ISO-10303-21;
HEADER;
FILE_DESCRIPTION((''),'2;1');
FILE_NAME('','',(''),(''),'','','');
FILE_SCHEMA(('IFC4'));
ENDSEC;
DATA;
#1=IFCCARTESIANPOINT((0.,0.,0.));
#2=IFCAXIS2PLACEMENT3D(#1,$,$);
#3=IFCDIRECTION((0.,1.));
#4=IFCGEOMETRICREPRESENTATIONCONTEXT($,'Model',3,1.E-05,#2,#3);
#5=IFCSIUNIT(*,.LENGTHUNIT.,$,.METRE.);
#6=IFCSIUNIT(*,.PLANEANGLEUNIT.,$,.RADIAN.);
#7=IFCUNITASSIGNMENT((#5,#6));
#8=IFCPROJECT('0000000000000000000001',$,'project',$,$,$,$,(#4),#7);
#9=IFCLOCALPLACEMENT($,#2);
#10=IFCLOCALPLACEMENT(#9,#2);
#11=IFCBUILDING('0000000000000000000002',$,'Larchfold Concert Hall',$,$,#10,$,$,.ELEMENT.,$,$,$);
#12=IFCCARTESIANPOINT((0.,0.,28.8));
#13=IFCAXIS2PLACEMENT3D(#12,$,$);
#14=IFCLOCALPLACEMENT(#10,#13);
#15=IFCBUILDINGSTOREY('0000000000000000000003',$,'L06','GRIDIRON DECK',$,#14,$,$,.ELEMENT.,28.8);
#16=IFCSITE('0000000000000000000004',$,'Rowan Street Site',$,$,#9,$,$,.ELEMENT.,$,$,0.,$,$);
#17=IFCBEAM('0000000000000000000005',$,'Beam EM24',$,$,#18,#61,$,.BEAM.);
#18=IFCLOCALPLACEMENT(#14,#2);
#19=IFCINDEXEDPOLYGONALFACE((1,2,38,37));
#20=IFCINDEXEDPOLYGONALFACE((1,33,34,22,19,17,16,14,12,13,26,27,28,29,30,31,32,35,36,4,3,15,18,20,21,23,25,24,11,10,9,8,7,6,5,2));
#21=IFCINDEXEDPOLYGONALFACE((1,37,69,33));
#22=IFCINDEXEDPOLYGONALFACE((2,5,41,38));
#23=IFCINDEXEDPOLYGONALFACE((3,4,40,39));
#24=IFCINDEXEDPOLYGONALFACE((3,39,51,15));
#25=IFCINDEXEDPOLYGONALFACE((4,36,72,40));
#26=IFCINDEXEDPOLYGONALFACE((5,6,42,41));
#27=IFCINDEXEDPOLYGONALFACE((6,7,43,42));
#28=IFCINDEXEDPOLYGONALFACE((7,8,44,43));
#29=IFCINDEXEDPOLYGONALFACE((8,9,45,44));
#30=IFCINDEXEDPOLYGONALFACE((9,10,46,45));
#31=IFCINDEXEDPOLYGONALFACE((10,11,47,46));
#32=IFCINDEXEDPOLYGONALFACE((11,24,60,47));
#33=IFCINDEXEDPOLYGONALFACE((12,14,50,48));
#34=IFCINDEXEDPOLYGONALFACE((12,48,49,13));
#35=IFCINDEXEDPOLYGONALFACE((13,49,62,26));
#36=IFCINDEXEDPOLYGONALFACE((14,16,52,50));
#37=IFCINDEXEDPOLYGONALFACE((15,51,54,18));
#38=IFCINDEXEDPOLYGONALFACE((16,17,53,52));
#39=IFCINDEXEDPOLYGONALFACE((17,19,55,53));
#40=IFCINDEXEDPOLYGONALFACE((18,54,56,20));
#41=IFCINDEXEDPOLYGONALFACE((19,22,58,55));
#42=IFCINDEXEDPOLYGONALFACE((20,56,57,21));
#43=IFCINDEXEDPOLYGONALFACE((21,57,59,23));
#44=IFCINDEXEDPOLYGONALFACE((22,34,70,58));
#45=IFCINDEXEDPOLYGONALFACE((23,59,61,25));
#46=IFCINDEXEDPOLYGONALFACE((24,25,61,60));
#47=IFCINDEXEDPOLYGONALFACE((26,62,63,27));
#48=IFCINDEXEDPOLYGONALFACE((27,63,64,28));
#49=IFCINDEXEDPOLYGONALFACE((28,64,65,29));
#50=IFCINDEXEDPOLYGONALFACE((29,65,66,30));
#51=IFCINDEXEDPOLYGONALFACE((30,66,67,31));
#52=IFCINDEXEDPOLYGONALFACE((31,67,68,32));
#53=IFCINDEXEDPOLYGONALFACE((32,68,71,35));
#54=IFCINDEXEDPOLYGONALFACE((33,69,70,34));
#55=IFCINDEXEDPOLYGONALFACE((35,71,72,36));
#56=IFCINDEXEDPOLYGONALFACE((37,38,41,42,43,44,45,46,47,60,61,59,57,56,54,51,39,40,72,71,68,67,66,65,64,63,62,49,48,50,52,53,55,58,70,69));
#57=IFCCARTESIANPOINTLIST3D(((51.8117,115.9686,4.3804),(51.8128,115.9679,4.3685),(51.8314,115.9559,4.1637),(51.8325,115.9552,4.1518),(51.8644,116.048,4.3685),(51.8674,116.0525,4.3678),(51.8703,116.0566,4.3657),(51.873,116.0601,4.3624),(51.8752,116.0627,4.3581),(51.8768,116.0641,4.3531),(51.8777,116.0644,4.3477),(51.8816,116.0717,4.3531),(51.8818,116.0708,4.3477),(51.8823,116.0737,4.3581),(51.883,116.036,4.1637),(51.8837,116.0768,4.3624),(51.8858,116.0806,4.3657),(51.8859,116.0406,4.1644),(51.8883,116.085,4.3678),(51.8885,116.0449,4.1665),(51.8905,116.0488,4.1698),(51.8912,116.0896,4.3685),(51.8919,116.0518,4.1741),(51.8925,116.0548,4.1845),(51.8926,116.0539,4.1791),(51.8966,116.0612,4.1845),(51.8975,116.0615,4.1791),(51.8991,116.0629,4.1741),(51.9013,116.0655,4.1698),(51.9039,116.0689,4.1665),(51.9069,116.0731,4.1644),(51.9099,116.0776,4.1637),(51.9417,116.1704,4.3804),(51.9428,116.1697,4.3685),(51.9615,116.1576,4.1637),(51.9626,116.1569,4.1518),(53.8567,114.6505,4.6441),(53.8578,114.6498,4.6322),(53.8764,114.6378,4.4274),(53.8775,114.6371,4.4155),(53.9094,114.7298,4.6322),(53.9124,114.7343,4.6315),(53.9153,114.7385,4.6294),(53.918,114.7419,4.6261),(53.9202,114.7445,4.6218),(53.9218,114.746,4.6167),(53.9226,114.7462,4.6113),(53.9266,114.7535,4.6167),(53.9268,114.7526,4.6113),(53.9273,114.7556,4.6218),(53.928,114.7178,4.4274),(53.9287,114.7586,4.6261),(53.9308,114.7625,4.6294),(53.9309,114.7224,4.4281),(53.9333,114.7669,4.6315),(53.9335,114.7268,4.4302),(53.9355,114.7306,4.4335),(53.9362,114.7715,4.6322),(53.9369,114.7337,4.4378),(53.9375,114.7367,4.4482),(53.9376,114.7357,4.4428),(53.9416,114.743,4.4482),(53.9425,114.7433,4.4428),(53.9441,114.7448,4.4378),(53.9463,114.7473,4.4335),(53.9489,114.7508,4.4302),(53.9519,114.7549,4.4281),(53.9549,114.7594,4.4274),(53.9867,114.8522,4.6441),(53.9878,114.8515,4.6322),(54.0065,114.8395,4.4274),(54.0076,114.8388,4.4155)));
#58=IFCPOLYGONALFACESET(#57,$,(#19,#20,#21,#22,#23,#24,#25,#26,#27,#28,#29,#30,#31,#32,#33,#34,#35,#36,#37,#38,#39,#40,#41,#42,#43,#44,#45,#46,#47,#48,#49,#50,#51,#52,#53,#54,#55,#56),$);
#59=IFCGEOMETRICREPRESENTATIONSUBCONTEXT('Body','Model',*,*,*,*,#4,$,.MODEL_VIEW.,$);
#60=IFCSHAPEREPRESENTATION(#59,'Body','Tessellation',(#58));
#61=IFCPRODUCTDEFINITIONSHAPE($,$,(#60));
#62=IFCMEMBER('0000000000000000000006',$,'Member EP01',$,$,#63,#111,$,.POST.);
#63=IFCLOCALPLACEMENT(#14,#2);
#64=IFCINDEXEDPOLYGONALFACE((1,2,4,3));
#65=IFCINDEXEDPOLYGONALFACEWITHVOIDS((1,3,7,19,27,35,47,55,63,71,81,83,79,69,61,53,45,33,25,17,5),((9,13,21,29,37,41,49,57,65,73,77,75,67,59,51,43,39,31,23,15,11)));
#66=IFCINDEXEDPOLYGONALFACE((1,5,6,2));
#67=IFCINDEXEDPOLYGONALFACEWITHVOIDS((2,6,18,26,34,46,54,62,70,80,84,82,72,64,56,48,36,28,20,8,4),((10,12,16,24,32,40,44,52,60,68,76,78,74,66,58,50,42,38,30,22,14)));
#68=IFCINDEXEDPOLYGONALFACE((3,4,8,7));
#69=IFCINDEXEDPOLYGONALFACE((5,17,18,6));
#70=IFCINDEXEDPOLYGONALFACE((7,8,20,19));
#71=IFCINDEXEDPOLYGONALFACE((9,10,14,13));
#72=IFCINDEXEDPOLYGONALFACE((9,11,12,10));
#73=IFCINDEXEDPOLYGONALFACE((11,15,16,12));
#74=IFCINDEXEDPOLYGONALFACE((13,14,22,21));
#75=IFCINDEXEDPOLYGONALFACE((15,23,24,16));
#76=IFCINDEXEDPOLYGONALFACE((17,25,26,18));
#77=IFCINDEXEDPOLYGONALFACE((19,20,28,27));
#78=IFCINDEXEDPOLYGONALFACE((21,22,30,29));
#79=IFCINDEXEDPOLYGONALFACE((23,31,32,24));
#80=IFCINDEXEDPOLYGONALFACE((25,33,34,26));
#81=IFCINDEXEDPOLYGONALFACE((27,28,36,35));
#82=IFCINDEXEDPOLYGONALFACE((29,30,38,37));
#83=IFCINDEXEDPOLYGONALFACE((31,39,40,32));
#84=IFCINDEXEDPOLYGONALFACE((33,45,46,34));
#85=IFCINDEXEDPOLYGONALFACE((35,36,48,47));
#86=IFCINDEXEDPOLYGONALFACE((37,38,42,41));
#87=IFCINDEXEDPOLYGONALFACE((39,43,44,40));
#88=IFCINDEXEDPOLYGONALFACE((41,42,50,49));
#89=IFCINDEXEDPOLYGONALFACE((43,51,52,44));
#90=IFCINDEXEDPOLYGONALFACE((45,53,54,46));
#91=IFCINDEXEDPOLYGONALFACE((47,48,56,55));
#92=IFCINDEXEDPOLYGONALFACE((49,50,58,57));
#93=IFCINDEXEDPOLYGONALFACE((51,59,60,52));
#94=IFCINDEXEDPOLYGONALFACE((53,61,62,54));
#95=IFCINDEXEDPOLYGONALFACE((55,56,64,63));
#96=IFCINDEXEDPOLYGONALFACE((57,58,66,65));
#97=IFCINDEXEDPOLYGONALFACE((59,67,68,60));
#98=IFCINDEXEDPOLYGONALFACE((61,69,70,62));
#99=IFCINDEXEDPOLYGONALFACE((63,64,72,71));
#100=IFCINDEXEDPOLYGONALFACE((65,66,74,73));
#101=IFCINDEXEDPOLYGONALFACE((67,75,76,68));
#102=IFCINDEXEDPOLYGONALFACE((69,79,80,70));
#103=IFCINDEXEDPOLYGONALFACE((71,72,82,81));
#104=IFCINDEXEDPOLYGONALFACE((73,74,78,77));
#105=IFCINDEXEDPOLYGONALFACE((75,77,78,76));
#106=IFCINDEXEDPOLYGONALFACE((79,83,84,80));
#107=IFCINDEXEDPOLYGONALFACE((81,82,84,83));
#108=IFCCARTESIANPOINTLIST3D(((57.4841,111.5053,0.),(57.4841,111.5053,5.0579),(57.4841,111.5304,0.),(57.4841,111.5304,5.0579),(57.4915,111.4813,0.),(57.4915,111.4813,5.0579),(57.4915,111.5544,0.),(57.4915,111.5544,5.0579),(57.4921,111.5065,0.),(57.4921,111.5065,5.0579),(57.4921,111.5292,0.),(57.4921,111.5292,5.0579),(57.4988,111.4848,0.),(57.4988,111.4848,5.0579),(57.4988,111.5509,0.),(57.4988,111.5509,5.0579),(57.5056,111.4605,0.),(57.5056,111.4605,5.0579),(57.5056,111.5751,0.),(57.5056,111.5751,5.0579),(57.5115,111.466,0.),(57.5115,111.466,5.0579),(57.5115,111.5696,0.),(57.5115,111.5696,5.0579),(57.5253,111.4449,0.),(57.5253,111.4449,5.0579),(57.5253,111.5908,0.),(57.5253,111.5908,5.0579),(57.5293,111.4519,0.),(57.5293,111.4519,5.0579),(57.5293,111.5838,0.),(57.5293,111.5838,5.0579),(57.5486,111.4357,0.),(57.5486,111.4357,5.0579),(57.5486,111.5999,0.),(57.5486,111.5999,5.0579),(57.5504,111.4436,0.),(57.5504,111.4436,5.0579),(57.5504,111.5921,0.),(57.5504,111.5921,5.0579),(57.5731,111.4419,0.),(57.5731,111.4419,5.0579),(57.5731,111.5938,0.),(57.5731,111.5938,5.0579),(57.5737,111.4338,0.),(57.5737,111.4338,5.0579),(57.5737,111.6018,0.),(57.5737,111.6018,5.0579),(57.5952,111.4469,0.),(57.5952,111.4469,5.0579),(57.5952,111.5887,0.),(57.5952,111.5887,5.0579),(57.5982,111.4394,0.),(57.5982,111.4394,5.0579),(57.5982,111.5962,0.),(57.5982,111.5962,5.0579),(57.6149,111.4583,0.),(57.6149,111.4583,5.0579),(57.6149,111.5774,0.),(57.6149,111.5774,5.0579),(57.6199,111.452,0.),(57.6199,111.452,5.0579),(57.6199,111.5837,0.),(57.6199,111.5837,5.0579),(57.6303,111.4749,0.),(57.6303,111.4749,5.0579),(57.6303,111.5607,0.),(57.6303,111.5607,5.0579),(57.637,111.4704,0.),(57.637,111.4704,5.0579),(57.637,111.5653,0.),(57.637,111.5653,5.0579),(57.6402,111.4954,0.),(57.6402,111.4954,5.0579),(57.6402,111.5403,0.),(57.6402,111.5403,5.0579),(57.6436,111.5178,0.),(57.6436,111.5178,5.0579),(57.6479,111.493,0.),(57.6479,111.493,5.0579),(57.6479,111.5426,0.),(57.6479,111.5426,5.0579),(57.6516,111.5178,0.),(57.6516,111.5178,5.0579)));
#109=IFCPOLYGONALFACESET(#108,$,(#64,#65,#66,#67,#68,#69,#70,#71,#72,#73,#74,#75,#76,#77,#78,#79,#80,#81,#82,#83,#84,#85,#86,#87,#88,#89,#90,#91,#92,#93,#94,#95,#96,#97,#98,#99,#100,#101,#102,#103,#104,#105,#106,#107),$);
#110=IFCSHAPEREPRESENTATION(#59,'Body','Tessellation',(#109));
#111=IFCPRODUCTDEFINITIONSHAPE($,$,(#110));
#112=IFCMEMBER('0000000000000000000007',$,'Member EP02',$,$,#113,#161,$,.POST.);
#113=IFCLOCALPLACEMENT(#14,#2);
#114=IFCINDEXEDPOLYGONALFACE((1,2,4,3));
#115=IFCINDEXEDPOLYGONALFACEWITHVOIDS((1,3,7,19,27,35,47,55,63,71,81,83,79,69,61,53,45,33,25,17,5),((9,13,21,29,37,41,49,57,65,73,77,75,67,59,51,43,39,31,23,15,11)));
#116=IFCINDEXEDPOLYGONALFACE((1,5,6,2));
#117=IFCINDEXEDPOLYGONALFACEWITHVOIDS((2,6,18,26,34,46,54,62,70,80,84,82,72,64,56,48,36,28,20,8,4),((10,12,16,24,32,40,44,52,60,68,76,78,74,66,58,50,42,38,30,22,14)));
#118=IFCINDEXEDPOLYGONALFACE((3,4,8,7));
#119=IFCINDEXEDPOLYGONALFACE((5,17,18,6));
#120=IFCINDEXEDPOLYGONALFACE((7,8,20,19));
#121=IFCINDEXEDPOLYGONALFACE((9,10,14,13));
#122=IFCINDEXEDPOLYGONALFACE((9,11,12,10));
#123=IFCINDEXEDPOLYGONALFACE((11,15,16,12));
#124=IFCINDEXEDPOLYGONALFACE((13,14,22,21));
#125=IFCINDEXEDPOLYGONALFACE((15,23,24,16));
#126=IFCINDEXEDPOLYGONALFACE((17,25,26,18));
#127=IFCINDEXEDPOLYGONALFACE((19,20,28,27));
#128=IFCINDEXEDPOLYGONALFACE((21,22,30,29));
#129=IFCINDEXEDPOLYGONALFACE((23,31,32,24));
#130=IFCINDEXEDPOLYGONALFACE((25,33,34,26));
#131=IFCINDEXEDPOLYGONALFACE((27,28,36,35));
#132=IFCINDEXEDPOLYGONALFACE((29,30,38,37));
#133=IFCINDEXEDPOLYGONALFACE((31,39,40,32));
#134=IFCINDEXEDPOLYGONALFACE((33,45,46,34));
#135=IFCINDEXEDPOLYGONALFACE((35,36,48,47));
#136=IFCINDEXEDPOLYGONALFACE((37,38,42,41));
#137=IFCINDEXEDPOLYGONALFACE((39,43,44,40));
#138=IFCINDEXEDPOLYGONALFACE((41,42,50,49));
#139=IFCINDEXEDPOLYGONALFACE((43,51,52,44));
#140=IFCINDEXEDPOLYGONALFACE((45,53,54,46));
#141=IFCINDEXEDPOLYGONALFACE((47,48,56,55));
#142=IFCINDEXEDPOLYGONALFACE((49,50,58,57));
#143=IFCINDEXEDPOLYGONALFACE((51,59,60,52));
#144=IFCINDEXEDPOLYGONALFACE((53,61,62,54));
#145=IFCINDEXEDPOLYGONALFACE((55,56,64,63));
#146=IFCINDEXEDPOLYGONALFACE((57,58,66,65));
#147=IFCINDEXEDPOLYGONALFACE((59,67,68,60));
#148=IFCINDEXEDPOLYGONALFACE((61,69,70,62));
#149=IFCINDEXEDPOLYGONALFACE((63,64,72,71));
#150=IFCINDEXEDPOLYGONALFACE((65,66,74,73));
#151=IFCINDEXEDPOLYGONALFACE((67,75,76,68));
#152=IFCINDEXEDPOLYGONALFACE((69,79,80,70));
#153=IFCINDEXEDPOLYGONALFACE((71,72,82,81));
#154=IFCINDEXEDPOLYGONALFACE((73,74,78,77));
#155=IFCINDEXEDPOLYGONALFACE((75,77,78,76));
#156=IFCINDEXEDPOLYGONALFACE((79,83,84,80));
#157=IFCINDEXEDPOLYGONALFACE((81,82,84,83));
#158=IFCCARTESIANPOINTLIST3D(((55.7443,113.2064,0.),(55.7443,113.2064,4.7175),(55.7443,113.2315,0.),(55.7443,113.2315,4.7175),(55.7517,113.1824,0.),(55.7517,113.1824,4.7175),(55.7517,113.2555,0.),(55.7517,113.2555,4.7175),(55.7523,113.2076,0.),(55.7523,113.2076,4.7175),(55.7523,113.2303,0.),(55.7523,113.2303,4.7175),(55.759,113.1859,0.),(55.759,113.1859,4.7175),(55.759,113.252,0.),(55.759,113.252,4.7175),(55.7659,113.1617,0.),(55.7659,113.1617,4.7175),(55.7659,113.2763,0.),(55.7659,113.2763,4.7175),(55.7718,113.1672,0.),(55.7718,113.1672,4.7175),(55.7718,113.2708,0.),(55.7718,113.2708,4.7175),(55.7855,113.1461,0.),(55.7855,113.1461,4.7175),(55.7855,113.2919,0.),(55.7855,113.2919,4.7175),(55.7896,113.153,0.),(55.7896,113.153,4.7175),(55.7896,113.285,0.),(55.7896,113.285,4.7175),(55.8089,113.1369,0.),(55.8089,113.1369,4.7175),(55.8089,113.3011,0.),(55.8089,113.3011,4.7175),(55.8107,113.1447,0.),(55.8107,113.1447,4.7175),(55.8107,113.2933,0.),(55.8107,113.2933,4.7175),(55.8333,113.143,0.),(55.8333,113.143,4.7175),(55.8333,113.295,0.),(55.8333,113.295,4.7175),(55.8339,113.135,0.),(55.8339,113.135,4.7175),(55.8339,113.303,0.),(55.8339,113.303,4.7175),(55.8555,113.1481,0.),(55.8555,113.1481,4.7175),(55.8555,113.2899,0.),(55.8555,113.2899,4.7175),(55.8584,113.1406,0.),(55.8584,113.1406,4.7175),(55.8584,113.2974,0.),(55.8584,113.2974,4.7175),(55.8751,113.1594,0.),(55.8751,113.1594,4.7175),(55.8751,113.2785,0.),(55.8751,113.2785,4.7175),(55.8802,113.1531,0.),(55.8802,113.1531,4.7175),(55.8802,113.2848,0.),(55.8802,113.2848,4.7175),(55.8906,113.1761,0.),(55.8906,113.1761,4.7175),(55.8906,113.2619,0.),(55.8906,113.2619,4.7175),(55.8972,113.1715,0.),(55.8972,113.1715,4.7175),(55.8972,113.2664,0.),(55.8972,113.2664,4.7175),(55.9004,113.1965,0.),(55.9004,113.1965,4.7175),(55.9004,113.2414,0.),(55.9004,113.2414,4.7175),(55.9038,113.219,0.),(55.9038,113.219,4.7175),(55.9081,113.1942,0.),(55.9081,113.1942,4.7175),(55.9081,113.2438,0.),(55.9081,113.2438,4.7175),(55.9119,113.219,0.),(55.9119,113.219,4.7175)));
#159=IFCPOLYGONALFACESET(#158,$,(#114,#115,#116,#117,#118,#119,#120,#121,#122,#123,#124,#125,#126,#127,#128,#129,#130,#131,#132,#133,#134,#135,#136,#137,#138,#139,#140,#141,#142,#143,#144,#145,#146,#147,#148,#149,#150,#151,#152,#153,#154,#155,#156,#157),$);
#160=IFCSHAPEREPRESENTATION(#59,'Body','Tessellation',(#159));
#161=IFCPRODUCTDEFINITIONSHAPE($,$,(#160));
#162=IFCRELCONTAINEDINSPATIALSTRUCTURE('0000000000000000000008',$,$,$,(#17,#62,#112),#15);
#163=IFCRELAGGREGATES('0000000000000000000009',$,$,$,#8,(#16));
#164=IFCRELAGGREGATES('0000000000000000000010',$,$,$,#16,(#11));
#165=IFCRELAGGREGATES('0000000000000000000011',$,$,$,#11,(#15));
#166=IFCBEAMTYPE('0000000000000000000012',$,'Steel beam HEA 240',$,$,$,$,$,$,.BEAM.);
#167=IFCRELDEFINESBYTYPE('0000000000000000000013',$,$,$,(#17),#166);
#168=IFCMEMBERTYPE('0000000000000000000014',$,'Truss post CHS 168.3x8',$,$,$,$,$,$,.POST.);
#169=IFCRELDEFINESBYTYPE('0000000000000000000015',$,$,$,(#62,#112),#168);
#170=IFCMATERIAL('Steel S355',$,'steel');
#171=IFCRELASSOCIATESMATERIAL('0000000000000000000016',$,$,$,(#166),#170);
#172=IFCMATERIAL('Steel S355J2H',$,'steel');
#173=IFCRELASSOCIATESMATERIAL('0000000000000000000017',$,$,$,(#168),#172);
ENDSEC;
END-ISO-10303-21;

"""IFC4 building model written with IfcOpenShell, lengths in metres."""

from ifc_helpers import new_model, si_unit, direction, frame, origin, origin_2d, place, context, subcontext, project, spatial, hollow_circle, i_section, extrude, material, material_profile, profile_set, type_object, element, save


model = new_model("IFC4")

# Units and contexts
model_context = context("Model", 3, precision=1e-05, world=origin(), true_north=direction((0.0, 1.0)))
body_context = subcontext(model_context, "Body", "Model", "MODEL_VIEW")
ifc_project = project(units=[si_unit("LENGTHUNIT", "METRE"), si_unit("PLANEANGLEUNIT", "RADIAN")], contexts=[model_context])

# Site, building, storey
site_placement = place(None, origin())
site = spatial("IfcSite", under=ifc_project, at=site_placement, Name="Rowan Street Site", CompositionType="ELEMENT", RefElevation=0.0)
building_placement = place(site_placement, origin())
building = spatial("IfcBuilding", under=site, at=building_placement, Name="Larchfold Concert Hall", CompositionType="ELEMENT")
storey_placement = place(building_placement, frame((0.0, 0.0, 28.8)))
storey = spatial("IfcBuildingStorey", under=building, at=storey_placement, Name="L06", Description="GRIDIRON DECK", CompositionType="ELEMENT", Elevation=28.8)

# Beam
ifc_material_1 = material(Name="Steel S355", Category="steel")
ifc_material_profile_1 = material_profile(ifc_material_1, i_section(OverallWidth=0.24, OverallDepth=0.23, WebThickness=0.0076, FlangeThickness=0.012, FilletRadius=0.021, at=origin_2d()))
ifc_profile_set_1 = profile_set([ifc_material_profile_1], Name="Steel S355")
beam_type_1 = type_object("IfcBeamType", Name="Steel beam HEA 240", PredefinedType="BEAM", material=ifc_profile_set_1)
beam_1_placement = place(storey_placement, frame((53.9321, 114.7446, 4.5298), z_axis=(-0.835626, 0.538628, -0.107745), x_axis=(-0.541782, -0.840519, 0.0)))
element("IfcBeam", 1, at=beam_1_placement, inside=storey, type_object=beam_type_1, Name="Beam EM24", PredefinedType="BEAM", context=body_context, shape_type="SweptSolid", body=[
    extrude(i_section(OverallWidth=0.24, OverallDepth=0.23, WebThickness=0.0076, FlangeThickness=0.012, FilletRadius=0.021, at=origin_2d()), origin(), (0.0, 0.0, 1.0), 2.4473),
])

# Members
ifc_material_2 = material(Name="Steel S355J2H", Category="steel")
ifc_material_profile_2 = material_profile(ifc_material_2, hollow_circle(Radius=0.0842, WallThickness=0.0081, at=origin_2d()))
ifc_profile_set_2 = profile_set([ifc_material_profile_2], Name="Steel S355J2H")
member_type_1 = type_object("IfcMemberType", Name="Truss post CHS 168.3x8", PredefinedType="POST", material=ifc_profile_set_2)
member_1_placement = place(storey_placement, frame((57.5674, 111.5178, 0.0), z_axis=(0.0, 0.0, 1.0), x_axis=(1.0, 0.0, 0.0)))
element("IfcMember", 2, at=member_1_placement, inside=storey, type_object=member_type_1, Name="Member EP01", PredefinedType="POST", context=body_context, shape_type="SweptSolid", body=[
    extrude(hollow_circle(Radius=0.0842, WallThickness=0.0081, at=origin_2d()), origin(), (0.0, 0.0, 1.0), 5.0579),
])
member_2_placement = place(storey_placement, frame((55.8276, 113.219, 0.0), z_axis=(0.0, 0.0, 1.0), x_axis=(1.0, 0.0, 0.0)))
element("IfcMember", 3, at=member_2_placement, inside=storey, type_object=member_type_1, Name="Member EP02", PredefinedType="POST", context=body_context, shape_type="SweptSolid", body=[
    extrude(hollow_circle(Radius=0.0842, WallThickness=0.0081, at=origin_2d()), origin(), (0.0, 0.0, 1.0), 4.7175),
])

save(model, "model.ifc")
